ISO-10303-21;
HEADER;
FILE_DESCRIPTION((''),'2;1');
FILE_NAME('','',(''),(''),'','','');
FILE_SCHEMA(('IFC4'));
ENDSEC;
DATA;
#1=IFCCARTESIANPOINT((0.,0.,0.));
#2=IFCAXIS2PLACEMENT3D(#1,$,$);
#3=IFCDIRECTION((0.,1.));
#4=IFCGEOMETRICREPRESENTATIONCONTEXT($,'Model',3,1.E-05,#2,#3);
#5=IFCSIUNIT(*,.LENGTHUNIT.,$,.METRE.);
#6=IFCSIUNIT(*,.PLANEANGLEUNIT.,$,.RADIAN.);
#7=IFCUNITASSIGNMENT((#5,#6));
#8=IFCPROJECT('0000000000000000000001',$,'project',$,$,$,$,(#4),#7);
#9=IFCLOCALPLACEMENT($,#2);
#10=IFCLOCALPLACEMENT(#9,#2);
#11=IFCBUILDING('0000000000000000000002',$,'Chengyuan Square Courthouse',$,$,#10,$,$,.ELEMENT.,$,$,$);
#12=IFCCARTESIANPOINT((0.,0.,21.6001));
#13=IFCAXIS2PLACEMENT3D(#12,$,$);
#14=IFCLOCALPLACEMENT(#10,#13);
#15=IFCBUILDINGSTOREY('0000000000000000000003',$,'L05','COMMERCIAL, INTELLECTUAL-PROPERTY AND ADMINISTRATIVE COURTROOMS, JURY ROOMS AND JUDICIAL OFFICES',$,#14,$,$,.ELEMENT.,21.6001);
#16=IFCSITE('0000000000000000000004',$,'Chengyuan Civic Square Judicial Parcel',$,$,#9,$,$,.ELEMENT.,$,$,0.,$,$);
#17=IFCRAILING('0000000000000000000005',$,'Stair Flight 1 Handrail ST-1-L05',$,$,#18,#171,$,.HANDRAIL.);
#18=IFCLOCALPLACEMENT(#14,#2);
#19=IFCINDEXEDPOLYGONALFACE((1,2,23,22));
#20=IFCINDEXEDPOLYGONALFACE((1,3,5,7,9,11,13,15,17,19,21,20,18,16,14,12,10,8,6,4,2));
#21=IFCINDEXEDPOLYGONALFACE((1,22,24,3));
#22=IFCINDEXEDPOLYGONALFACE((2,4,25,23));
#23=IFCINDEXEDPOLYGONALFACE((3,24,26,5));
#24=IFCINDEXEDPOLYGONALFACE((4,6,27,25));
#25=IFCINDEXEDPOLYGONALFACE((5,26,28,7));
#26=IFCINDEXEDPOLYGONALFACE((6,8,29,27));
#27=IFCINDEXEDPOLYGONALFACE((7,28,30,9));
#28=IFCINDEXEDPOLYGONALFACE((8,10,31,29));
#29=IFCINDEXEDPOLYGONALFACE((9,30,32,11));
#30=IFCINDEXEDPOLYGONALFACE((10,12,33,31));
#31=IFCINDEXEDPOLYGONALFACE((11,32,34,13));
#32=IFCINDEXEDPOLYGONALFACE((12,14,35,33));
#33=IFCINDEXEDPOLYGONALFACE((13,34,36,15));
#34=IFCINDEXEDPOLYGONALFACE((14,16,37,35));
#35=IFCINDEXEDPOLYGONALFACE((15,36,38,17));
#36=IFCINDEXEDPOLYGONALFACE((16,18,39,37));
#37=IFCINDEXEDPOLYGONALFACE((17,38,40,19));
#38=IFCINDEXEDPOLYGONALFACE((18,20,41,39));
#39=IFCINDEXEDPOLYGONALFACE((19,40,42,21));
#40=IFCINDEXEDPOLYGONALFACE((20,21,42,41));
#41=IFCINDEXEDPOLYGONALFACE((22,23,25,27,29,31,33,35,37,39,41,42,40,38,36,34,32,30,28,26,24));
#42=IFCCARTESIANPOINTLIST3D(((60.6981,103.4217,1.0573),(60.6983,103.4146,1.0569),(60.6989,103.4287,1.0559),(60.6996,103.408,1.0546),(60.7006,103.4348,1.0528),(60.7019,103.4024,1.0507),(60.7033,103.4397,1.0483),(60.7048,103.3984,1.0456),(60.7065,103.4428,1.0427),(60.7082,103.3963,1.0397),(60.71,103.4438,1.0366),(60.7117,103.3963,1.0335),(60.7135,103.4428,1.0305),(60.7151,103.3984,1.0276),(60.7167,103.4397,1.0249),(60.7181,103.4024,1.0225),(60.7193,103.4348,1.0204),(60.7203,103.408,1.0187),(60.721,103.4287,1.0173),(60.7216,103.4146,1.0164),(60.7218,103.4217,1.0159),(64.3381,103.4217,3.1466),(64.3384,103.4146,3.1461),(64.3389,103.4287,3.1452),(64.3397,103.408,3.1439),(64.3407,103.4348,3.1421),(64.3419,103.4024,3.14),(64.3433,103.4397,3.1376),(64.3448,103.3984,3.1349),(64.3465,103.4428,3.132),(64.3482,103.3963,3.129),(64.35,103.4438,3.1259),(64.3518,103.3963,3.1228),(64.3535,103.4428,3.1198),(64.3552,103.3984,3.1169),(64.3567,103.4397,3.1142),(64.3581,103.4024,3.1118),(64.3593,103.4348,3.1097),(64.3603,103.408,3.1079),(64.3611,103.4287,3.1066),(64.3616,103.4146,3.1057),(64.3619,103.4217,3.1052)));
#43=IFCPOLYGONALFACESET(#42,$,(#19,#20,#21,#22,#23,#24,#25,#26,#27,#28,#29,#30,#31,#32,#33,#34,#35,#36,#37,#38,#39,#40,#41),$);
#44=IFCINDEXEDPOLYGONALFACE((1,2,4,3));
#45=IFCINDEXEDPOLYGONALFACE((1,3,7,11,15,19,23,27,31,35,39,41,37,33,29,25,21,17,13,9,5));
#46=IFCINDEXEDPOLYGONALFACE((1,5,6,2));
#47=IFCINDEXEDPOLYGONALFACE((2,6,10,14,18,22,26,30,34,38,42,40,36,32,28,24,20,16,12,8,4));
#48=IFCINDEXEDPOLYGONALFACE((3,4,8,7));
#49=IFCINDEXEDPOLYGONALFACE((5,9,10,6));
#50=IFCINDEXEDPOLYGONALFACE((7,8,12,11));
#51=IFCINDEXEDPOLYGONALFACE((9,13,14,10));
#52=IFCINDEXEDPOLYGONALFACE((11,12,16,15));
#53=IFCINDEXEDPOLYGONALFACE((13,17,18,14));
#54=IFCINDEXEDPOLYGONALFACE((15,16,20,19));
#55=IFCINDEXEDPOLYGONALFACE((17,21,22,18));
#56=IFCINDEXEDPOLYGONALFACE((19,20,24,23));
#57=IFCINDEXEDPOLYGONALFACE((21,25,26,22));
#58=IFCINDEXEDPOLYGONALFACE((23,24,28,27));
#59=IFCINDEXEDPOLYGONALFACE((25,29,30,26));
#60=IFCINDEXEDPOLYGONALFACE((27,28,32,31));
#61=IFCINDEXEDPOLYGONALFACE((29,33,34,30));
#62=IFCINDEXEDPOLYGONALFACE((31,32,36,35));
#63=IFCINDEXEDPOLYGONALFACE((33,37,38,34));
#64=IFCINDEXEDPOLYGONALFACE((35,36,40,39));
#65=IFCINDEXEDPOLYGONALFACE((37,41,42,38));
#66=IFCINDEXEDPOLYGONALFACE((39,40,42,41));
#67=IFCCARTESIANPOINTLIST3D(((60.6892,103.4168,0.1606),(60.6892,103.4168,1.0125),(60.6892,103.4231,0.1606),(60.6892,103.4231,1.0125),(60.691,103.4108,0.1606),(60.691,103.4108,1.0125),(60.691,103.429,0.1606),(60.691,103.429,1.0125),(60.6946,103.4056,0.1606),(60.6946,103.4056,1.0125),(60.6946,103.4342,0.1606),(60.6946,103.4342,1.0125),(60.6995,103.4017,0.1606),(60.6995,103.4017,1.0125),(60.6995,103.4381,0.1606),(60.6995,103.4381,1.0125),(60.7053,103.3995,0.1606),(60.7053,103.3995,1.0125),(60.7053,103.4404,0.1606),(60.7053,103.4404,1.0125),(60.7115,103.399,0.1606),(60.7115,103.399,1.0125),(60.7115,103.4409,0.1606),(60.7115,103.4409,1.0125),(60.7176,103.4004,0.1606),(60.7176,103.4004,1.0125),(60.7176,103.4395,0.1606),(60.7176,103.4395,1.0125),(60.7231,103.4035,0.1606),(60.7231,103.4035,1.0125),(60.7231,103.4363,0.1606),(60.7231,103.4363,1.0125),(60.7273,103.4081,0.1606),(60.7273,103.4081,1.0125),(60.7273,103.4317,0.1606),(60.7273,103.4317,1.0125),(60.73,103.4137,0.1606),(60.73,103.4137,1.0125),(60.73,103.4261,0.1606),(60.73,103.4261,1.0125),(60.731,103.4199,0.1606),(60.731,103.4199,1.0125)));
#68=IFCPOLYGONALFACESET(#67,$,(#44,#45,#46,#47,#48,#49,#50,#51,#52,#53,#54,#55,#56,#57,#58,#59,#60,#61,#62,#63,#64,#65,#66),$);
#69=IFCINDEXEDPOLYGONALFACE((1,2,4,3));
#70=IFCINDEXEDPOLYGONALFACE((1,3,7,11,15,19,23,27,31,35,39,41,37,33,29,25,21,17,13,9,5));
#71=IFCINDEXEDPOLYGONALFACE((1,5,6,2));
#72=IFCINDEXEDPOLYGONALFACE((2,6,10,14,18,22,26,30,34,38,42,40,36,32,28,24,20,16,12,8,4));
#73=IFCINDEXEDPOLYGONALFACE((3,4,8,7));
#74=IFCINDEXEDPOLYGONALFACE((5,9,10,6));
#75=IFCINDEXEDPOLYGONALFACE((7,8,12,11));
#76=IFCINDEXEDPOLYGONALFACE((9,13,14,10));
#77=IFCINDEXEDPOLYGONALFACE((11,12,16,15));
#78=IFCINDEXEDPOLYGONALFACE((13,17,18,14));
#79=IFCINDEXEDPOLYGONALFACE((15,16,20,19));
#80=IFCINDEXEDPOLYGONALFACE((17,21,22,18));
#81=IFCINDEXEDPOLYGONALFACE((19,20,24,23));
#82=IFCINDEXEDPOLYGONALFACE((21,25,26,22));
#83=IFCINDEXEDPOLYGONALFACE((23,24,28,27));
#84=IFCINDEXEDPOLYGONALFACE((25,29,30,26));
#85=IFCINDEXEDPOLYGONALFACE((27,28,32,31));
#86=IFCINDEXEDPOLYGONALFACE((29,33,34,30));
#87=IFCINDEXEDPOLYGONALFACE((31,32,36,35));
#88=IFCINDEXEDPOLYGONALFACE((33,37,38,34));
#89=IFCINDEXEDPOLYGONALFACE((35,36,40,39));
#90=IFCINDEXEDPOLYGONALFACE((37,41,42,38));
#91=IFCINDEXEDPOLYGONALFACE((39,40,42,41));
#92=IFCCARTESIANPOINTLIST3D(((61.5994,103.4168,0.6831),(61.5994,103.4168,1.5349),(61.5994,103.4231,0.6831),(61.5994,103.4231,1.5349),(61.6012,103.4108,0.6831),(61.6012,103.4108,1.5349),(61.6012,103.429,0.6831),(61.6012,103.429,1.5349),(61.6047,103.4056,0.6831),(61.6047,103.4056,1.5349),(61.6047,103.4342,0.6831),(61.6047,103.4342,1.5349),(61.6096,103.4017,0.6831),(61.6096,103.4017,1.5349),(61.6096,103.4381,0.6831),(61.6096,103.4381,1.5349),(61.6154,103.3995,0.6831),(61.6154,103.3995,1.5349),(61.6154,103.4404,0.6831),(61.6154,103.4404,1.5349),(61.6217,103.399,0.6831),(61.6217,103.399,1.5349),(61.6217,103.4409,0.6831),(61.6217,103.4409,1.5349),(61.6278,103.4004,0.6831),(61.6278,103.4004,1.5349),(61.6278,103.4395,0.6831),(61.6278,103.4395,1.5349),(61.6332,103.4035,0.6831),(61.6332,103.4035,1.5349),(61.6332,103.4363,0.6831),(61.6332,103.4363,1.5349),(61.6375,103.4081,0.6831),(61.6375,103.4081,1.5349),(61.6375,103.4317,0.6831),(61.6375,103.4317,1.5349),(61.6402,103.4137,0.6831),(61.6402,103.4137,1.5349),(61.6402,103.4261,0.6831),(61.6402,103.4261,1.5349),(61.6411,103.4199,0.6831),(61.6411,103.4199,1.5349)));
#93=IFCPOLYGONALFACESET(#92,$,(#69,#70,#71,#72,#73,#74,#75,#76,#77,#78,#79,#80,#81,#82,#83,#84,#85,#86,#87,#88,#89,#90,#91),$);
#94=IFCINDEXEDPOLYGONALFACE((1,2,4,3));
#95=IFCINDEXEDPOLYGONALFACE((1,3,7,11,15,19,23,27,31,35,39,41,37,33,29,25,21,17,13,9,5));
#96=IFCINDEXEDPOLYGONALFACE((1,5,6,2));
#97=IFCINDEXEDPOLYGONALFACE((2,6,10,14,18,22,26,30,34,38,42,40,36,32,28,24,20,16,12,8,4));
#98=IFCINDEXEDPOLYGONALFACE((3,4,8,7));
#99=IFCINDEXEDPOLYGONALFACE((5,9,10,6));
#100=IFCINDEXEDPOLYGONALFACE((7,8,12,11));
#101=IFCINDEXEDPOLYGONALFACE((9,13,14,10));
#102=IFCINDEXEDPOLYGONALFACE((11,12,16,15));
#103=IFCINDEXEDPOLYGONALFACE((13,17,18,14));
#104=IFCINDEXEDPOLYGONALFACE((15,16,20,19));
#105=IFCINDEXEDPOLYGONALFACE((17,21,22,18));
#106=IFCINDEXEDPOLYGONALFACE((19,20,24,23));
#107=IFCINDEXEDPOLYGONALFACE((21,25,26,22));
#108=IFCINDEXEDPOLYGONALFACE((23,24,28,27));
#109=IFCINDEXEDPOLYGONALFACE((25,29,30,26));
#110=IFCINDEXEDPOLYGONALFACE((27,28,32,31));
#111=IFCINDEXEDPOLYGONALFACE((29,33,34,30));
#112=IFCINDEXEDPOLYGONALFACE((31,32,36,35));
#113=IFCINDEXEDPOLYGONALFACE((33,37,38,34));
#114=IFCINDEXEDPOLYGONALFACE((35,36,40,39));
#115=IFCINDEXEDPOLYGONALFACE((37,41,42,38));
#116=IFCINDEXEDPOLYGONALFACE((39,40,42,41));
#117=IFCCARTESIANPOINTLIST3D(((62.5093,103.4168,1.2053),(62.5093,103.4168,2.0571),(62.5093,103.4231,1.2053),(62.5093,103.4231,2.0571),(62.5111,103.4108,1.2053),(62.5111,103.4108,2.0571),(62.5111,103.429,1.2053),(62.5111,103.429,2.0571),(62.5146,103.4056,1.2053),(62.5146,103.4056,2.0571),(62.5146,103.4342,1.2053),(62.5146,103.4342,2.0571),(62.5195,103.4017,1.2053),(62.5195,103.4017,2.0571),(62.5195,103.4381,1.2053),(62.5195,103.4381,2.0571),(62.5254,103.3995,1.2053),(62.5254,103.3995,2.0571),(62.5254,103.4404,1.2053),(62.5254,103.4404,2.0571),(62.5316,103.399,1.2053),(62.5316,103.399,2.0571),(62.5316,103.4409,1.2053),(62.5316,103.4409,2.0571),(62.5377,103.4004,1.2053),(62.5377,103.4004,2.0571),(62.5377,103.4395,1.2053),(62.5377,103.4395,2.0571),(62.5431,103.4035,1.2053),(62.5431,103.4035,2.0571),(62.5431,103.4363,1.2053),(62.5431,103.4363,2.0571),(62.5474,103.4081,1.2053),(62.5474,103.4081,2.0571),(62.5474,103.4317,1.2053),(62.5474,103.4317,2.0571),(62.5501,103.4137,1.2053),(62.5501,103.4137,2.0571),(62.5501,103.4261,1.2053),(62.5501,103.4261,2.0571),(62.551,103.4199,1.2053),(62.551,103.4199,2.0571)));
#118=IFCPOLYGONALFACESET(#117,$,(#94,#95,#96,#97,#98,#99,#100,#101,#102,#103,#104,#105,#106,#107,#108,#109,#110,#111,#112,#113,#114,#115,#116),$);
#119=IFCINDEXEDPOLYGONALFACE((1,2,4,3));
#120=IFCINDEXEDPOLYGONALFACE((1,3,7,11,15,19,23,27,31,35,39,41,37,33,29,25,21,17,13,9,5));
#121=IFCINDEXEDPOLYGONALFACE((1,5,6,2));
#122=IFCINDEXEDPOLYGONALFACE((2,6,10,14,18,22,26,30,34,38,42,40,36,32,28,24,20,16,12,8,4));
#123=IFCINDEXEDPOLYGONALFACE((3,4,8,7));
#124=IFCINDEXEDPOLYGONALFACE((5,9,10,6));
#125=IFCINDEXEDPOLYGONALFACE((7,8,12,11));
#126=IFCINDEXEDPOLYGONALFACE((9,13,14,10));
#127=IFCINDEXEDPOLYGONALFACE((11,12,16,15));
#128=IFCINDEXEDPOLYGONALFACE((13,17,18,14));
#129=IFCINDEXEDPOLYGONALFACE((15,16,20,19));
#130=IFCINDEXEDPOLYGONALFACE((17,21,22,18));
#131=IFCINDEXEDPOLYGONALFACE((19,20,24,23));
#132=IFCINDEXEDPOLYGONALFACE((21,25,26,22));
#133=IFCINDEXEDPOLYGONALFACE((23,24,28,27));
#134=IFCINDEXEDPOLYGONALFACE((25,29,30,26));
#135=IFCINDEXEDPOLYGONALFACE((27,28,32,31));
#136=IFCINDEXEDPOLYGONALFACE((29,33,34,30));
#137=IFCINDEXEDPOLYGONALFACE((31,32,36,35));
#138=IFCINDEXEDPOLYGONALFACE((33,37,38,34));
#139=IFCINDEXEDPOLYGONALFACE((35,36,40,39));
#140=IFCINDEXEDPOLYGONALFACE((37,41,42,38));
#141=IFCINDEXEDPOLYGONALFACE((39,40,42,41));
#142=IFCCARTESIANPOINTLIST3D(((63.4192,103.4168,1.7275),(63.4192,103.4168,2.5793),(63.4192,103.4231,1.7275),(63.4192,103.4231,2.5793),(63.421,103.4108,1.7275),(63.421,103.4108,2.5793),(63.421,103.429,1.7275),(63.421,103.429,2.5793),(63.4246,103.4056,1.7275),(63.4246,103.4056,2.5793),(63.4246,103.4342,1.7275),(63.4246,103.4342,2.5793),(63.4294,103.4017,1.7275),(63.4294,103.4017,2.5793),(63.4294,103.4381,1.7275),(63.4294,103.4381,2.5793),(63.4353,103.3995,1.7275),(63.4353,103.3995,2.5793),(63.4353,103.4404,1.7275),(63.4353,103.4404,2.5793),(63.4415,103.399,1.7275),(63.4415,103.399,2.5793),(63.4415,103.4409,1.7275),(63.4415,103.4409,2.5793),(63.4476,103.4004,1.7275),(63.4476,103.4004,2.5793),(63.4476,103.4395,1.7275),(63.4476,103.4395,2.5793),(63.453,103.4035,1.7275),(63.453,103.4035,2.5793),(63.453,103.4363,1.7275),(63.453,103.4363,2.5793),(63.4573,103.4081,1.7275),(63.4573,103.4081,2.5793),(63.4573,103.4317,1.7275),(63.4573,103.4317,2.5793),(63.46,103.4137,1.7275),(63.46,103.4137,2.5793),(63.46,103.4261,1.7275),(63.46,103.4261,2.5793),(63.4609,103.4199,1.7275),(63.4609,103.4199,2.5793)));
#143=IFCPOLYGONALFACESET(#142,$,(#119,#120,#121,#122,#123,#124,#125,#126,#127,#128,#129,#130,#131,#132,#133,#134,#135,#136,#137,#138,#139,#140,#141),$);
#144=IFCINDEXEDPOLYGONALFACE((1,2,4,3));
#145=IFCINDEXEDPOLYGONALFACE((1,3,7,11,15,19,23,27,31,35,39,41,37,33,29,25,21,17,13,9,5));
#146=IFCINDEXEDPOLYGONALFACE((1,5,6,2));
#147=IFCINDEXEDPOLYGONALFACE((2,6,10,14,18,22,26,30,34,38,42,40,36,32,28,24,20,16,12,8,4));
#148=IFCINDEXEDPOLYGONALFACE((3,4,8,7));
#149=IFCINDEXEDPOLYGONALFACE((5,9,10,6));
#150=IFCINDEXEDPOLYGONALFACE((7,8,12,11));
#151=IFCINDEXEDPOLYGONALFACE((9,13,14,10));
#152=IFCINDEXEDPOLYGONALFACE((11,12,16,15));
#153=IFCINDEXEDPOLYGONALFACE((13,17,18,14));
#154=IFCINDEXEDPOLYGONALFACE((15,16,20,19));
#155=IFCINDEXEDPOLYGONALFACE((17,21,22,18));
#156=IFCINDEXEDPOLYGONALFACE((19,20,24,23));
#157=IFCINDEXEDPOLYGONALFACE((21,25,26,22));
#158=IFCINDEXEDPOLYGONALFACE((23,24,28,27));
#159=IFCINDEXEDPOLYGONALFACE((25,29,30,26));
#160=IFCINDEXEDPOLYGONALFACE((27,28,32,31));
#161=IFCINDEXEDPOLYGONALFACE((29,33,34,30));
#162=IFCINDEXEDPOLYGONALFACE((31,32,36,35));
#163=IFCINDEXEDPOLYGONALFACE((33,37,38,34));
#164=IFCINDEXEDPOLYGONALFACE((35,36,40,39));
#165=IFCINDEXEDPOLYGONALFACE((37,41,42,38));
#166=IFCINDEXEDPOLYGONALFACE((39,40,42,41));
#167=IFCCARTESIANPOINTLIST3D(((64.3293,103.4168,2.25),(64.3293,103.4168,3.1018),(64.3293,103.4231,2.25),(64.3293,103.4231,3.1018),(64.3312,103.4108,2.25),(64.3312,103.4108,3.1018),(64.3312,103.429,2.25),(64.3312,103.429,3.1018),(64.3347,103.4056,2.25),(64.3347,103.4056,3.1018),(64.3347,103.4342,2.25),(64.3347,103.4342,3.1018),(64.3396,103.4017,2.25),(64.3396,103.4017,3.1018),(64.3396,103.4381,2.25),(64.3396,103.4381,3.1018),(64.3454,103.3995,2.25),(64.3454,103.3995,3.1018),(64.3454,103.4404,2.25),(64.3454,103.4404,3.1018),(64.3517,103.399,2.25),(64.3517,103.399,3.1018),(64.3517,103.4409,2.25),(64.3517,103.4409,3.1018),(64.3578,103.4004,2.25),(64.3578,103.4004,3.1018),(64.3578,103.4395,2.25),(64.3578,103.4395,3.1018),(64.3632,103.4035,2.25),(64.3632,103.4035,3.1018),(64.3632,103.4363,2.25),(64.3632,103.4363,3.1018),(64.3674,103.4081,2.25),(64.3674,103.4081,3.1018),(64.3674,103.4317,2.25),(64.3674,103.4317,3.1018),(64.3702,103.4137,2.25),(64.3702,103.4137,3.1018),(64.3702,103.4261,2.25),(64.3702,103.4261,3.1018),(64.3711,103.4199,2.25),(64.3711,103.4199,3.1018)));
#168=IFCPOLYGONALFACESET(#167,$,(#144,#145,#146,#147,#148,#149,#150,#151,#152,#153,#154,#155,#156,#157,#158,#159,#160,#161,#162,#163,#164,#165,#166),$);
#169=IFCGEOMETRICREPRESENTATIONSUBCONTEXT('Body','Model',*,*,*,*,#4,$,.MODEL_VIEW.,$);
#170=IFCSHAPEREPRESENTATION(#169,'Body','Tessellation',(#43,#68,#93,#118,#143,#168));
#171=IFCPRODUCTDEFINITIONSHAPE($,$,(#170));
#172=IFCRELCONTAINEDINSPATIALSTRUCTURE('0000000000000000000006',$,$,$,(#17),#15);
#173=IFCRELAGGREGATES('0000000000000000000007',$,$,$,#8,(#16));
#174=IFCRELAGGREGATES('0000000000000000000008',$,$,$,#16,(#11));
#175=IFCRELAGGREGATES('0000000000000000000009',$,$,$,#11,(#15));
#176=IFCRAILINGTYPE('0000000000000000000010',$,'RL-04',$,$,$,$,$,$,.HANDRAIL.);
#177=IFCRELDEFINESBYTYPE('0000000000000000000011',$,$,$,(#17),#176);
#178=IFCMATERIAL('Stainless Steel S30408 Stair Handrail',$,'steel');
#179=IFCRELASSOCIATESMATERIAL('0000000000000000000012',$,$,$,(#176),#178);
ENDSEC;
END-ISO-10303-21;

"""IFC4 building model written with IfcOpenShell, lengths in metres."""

from ifc_helpers import new_model, si_unit, direction, frame, origin, origin_2d, place, context, subcontext, project, spatial, circle, extrude, material, type_object, element, save


model = new_model("IFC4")

# Units and contexts
model_context = context("Model", 3, precision=1e-05, world=origin(), true_north=direction((0.0, 1.0)))
body_context = subcontext(model_context, "Body", "Model", "MODEL_VIEW")
ifc_project = project(units=[si_unit("LENGTHUNIT", "METRE"), si_unit("PLANEANGLEUNIT", "RADIAN")], contexts=[model_context])

# Site, building, storey
site_placement = place(None, origin())
site = spatial("IfcSite", under=ifc_project, at=site_placement, Name="Chengyuan Civic Square Judicial Parcel", CompositionType="ELEMENT", RefElevation=0.0)
building_placement = place(site_placement, origin())
building = spatial("IfcBuilding", under=site, at=building_placement, Name="Chengyuan Square Courthouse", CompositionType="ELEMENT")
storey_placement = place(building_placement, frame((0.0, 0.0, 21.6001)))
storey = spatial("IfcBuildingStorey", under=building, at=storey_placement, Name="L05", Description="COMMERCIAL, INTELLECTUAL-PROPERTY AND ADMINISTRATIVE COURTROOMS, JURY ROOMS AND JUDICIAL OFFICES", CompositionType="ELEMENT", Elevation=21.6001)

# Railing
ifc_material_1 = material(Name="Stainless Steel S30408 Stair Handrail", Category="steel")
railing_type_1 = type_object("IfcRailingType", Name="RL-04", PredefinedType="HANDRAIL", material=ifc_material_1)
railing_1_placement = place(storey_placement, frame((60.71, 103.4199, 0.1606)))
element("IfcRailing", 1, at=railing_1_placement, inside=storey, type_object=railing_type_1, Name="Stair Flight 1 Handrail ST-1-L05", PredefinedType="HANDRAIL", context=body_context, shape_type="SweptSolid", body=[
    extrude(circle(Radius=0.0239, at=origin_2d()), frame((0.0, 0.0, 0.876), z_axis=(0.867289, 0.0, 0.497804), x_axis=(0.0, 1.0, 0.0)), (0.0, 0.0, 1.0), 4.197),
    extrude(circle(Radius=0.021, at=origin_2d()), origin(), (0.0, 0.0, 1.0), 0.8518),
    extrude(circle(Radius=0.021, at=origin_2d()), frame((0.9102, 0.0, 0.5225)), (0.0, 0.0, 1.0), 0.8518),
    extrude(circle(Radius=0.021, at=origin_2d()), frame((1.8201, 0.0, 1.0447)), (0.0, 0.0, 1.0), 0.8518),
    extrude(circle(Radius=0.021, at=origin_2d()), frame((2.73, 0.0, 1.5669)), (0.0, 0.0, 1.0), 0.8518),
    extrude(circle(Radius=0.021, at=origin_2d()), frame((3.6401, 0.0, 2.0894)), (0.0, 0.0, 1.0), 0.8518),
])

save(model, "model.ifc")
